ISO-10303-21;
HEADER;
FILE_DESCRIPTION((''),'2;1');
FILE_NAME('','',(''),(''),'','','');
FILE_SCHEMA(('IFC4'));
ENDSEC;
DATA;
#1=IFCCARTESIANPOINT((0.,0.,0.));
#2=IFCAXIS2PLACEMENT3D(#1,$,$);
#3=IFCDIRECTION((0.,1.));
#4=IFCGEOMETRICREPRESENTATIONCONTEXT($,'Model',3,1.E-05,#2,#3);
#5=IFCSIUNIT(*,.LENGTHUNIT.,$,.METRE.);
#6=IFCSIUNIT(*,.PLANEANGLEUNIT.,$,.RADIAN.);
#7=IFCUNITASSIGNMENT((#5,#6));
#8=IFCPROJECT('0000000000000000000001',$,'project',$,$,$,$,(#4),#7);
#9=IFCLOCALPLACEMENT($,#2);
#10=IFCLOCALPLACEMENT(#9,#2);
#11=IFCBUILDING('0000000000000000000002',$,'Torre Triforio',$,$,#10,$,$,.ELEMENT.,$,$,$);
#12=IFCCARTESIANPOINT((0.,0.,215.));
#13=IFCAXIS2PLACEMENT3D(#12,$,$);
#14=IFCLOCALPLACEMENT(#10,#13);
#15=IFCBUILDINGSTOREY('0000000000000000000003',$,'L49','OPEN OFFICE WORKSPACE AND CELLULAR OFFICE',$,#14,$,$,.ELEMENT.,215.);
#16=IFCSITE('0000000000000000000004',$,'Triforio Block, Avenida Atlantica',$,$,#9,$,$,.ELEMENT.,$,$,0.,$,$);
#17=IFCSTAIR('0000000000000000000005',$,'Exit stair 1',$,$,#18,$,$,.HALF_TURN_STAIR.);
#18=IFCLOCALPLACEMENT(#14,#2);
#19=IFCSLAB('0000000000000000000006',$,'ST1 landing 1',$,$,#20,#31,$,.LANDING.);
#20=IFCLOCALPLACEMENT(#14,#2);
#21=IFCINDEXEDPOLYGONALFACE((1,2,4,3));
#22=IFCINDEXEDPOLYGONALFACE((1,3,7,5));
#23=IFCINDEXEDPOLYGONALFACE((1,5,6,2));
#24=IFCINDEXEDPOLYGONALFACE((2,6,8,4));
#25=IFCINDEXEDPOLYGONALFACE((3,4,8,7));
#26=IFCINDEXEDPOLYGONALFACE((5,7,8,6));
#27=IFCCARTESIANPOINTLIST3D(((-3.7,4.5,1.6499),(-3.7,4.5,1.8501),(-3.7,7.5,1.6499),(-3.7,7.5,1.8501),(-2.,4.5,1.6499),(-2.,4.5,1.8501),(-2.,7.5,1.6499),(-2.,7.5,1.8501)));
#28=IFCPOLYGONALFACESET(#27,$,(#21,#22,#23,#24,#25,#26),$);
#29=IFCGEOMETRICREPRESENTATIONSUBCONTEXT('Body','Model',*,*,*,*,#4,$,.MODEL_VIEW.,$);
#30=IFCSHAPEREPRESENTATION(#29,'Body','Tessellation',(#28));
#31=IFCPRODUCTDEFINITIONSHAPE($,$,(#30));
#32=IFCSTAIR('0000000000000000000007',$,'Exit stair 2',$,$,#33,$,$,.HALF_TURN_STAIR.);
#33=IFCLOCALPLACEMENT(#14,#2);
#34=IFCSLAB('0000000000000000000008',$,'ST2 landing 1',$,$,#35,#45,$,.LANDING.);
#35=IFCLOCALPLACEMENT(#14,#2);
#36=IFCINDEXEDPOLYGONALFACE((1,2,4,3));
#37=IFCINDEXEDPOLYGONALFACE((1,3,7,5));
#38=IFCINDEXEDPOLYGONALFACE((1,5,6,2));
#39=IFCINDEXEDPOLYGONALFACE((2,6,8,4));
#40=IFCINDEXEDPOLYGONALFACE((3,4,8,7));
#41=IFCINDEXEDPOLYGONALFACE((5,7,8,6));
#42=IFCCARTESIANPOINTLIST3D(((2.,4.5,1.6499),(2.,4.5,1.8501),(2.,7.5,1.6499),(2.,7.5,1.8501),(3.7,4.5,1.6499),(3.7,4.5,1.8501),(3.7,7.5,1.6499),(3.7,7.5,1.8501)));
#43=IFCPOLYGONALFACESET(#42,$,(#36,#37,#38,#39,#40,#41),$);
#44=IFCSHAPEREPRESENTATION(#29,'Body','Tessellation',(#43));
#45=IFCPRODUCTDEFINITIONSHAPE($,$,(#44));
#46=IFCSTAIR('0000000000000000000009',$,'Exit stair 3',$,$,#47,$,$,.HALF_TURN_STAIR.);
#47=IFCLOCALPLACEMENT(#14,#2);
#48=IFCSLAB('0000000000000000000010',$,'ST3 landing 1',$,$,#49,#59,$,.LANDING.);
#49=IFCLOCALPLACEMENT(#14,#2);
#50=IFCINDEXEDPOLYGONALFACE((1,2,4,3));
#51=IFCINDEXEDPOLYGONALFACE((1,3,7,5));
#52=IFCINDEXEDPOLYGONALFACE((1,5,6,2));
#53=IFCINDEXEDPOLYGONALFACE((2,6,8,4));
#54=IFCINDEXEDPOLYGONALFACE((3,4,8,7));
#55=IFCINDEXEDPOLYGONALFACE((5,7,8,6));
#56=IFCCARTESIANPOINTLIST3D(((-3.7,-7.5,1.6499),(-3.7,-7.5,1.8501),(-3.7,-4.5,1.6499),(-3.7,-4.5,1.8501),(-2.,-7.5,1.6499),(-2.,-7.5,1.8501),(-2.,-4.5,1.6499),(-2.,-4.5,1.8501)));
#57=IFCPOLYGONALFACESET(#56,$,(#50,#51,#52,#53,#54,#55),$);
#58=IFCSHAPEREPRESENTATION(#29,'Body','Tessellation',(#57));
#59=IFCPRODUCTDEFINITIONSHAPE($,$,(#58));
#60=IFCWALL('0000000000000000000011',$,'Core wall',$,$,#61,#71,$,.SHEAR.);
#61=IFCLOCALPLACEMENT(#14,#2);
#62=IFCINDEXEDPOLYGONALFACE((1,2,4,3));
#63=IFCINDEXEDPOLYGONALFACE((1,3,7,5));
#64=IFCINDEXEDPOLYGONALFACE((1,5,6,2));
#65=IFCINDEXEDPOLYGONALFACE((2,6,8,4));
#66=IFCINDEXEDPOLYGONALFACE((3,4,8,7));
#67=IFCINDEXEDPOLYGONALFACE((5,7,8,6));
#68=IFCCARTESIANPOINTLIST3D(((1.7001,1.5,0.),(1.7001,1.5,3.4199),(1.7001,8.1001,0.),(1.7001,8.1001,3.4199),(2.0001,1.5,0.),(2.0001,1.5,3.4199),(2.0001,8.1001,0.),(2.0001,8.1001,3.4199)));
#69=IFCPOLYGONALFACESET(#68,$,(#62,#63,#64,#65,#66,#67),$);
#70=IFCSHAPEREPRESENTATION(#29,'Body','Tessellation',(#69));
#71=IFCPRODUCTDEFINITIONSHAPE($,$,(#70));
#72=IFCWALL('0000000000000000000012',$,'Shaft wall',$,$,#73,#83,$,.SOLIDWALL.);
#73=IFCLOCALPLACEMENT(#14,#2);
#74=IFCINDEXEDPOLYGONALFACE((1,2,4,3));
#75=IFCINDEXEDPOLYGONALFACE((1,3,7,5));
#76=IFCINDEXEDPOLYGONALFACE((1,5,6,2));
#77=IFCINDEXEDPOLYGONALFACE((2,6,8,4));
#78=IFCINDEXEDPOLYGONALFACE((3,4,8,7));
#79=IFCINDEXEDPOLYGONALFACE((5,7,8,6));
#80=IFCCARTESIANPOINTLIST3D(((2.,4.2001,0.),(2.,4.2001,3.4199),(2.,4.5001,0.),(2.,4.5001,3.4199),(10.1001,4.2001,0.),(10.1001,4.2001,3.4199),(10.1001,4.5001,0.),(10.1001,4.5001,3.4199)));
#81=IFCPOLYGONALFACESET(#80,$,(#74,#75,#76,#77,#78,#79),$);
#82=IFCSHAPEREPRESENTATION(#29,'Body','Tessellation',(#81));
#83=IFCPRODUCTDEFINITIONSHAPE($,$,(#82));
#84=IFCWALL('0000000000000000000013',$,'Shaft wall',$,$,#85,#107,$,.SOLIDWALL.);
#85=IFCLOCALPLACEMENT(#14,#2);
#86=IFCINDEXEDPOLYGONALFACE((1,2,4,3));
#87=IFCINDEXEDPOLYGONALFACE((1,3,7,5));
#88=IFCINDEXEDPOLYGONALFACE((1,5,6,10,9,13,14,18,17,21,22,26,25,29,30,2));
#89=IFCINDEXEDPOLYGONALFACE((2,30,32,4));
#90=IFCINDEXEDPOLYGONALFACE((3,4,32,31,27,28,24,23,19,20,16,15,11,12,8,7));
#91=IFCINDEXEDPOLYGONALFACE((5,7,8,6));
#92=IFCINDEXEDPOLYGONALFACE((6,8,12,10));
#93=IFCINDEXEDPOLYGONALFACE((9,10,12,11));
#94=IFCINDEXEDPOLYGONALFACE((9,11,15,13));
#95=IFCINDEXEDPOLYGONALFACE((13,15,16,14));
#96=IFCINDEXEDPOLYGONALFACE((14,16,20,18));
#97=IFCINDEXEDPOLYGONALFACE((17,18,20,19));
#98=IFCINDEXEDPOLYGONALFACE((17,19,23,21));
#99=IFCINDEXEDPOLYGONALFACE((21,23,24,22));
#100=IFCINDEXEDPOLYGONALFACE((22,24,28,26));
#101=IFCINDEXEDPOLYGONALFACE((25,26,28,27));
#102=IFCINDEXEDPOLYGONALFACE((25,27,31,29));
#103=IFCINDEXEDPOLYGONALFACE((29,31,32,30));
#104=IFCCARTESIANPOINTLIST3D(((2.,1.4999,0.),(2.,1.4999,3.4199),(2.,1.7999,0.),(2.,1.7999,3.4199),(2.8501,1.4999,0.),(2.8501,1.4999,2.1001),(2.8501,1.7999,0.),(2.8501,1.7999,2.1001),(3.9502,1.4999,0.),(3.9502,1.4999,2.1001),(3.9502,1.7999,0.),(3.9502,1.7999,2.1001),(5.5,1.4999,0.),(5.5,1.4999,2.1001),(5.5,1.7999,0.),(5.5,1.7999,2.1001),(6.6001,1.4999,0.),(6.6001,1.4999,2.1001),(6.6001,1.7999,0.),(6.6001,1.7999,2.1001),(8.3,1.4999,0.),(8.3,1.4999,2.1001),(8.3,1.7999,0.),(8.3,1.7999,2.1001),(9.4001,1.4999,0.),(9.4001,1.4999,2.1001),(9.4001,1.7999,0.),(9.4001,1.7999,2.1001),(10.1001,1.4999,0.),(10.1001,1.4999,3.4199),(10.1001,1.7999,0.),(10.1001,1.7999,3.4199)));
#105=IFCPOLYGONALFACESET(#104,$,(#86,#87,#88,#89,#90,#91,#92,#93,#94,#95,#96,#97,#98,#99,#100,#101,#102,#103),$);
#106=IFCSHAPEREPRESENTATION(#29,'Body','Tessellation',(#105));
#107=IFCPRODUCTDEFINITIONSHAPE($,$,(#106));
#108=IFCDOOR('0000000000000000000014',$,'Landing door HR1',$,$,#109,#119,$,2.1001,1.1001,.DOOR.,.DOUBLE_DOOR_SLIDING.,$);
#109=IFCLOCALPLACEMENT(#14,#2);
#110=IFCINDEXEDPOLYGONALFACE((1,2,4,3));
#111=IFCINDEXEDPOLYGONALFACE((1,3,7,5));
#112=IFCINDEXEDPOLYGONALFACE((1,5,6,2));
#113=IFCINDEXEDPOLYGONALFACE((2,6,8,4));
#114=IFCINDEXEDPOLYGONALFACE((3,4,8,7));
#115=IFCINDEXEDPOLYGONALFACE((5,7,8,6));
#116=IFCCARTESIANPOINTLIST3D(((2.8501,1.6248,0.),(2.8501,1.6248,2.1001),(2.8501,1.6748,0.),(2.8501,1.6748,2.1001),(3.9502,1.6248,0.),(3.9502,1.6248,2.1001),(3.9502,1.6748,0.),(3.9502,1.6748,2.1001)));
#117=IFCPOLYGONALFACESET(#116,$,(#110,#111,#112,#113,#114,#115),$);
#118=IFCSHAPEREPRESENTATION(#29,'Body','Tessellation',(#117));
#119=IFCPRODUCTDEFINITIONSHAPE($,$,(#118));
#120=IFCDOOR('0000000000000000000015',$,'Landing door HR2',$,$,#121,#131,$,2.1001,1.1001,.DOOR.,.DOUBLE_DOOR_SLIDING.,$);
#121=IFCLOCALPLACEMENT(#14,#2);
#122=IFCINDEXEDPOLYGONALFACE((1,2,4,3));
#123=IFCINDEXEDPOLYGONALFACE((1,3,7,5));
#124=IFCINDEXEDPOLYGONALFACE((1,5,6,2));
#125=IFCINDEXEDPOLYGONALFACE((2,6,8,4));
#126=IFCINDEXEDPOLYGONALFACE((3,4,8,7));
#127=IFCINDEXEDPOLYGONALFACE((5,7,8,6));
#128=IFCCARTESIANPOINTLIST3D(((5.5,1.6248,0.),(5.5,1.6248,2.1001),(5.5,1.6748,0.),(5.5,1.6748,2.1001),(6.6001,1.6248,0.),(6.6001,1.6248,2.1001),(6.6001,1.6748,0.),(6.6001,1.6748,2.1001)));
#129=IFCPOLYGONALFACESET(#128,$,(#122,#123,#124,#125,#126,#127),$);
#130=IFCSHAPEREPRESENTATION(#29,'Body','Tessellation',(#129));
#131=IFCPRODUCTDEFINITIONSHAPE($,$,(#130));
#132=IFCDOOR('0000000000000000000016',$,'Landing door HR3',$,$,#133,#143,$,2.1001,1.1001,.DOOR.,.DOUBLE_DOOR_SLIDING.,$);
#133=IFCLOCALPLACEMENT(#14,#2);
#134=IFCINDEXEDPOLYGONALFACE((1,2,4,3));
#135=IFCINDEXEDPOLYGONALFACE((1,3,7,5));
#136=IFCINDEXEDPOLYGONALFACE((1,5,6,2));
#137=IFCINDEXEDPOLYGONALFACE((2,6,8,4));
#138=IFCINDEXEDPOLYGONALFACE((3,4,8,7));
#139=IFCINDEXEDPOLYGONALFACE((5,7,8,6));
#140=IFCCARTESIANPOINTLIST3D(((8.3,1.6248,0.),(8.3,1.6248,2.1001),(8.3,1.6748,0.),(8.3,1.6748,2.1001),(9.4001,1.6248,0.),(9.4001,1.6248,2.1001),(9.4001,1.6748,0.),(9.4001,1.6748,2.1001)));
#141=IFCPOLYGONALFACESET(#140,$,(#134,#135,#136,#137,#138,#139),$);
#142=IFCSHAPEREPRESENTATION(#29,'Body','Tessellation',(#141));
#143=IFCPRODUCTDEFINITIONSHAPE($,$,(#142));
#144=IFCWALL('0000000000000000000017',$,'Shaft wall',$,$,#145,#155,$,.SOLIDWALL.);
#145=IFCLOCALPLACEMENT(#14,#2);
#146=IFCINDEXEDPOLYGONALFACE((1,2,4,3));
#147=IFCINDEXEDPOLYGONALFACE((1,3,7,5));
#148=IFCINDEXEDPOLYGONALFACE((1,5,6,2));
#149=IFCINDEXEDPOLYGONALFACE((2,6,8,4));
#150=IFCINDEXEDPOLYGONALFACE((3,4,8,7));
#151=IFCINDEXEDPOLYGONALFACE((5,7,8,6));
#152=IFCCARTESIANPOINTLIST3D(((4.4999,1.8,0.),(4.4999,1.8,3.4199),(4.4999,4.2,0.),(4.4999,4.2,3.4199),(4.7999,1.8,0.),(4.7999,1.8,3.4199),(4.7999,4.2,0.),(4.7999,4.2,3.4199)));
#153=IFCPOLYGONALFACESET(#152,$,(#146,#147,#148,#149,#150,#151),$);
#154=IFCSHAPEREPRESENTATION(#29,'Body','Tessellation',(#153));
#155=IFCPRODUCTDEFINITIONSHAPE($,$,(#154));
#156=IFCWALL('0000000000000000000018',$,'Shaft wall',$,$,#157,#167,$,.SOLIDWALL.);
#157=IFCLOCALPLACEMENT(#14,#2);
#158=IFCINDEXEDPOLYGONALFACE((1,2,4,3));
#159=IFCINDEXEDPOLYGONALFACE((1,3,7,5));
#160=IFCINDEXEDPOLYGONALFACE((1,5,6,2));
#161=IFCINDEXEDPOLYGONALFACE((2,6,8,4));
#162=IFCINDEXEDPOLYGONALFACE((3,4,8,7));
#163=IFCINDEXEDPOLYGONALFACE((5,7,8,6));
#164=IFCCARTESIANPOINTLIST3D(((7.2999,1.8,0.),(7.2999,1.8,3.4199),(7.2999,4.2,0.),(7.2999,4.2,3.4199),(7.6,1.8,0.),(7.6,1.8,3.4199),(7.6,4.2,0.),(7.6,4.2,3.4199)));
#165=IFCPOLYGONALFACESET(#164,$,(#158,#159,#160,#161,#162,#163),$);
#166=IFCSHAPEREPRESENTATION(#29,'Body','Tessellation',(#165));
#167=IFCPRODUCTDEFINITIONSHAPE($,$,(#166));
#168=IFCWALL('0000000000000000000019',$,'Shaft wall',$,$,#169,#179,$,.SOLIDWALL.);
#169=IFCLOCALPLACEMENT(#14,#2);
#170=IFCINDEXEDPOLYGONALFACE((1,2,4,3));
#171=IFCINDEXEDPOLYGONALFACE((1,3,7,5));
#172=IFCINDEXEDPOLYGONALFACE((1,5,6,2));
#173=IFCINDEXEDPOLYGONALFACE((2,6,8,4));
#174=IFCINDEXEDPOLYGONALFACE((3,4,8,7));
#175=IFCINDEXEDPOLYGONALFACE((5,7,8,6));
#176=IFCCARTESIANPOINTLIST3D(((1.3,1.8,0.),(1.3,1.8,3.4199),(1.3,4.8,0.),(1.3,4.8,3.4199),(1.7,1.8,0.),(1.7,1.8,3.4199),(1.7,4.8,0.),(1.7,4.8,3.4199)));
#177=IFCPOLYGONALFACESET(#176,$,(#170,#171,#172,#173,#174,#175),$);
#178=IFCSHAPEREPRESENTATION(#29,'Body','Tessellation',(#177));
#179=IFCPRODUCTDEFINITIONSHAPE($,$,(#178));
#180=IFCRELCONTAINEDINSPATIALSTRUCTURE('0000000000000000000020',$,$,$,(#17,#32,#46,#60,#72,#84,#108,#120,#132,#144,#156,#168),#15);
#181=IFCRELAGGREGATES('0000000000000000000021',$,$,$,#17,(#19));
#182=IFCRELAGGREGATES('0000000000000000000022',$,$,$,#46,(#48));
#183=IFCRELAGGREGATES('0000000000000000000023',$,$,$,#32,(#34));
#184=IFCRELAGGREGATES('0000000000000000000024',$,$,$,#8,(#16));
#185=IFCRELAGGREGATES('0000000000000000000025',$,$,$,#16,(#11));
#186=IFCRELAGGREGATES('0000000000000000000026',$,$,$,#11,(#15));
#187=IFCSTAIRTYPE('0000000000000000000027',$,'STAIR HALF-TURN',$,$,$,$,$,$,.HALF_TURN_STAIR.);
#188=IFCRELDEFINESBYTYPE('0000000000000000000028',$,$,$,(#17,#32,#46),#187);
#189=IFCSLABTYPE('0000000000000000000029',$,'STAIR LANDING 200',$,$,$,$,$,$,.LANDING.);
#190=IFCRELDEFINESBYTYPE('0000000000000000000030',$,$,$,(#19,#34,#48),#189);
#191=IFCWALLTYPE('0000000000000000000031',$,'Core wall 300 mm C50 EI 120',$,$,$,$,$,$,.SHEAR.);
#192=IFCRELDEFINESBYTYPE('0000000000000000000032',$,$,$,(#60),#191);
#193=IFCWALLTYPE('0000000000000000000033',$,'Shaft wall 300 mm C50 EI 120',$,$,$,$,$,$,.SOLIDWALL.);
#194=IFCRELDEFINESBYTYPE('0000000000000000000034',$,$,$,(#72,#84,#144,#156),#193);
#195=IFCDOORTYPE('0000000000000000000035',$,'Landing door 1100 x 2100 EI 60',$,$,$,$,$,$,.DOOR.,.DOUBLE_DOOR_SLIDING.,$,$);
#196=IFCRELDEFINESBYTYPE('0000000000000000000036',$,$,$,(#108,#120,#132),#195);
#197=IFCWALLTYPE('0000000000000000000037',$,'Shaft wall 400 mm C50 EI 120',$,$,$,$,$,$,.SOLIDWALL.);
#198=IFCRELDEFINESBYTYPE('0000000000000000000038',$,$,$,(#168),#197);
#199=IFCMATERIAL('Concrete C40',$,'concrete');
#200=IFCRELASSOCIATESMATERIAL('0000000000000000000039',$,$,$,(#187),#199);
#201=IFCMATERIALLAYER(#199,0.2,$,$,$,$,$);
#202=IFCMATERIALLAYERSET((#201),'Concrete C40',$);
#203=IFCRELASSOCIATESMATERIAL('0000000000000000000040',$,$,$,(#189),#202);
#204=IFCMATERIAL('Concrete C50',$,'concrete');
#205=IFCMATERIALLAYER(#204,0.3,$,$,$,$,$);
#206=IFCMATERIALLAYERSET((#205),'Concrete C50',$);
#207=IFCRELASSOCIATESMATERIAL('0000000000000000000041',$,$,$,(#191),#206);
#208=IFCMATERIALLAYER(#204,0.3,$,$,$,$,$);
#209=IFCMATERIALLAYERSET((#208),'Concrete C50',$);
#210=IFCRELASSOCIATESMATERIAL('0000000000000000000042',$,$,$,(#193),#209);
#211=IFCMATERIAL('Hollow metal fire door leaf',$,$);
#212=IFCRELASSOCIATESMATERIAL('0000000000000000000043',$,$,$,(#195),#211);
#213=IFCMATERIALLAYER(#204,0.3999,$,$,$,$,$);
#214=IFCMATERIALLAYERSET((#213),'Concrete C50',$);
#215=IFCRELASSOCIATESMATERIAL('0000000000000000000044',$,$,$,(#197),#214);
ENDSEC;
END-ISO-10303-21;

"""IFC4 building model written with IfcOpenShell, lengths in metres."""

from ifc_helpers import new_model, si_unit, direction, frame, frame_2d, origin, place, context, subcontext, project, spatial, polyline, rectangle, outline, extrude, material, layer, layer_set, type_object, element, fill, aggregate, save


model = new_model("IFC4")

# Units and contexts
model_context = context("Model", 3, precision=1e-05, world=origin(), true_north=direction((0.0, 1.0)))
body_context = subcontext(model_context, "Body", "Model", "MODEL_VIEW")
ifc_project = project(units=[si_unit("LENGTHUNIT", "METRE"), si_unit("PLANEANGLEUNIT", "RADIAN")], contexts=[model_context])

# Site, building, storey
site_placement = place(None, origin())
site = spatial("IfcSite", under=ifc_project, at=site_placement, Name="Triforio Block, Avenida Atlantica", CompositionType="ELEMENT", RefElevation=0.0)
building_placement = place(site_placement, origin())
building = spatial("IfcBuilding", under=site, at=building_placement, Name="Torre Triforio", CompositionType="ELEMENT")
storey_placement = place(building_placement, frame((0.0, 0.0, 215.0)))
storey = spatial("IfcBuildingStorey", under=building, at=storey_placement, Name="L49", Description="OPEN OFFICE WORKSPACE AND CELLULAR OFFICE", CompositionType="ELEMENT", Elevation=215.0)

# Stairs, slabs
ifc_material_1 = material(Name="Concrete C40", Category="concrete")
stair_type = type_object("IfcStairType", Name="STAIR HALF-TURN", PredefinedType="HALF_TURN_STAIR", material=ifc_material_1)
stair_1_placement = place(storey_placement, origin())
stair_1 = element("IfcStair", 1, at=stair_1_placement, inside=storey, type_object=stair_type, Name="Exit stair 1", PredefinedType="HALF_TURN_STAIR")
ifc_layer_1 = layer(ifc_material_1, 0.2)
ifc_layer_set_1 = layer_set([ifc_layer_1], Name="Concrete C40")
slab_type = type_object("IfcSlabType", Name="STAIR LANDING 200", PredefinedType="LANDING", material=ifc_layer_set_1)
slab_1_placement = place(storey_placement, frame((0.0, 0.0, 1.6499)))
slab_1 = element("IfcSlab", 2, at=slab_1_placement, type_object=slab_type, Name="ST1 landing 1", PredefinedType="LANDING", context=body_context, shape_type="SweptSolid", body=[
    extrude(outline(polyline([(-2.0, 4.5), (-2.0, 7.5), (-3.7, 7.5), (-3.7, 4.5), (-2.0, 4.5)])), origin(), (0.0, 0.0, 1.0), 0.2002),
])
aggregate(stair_1, [slab_1])
stair_2_placement = place(storey_placement, origin())
stair_2 = element("IfcStair", 3, at=stair_2_placement, inside=storey, type_object=stair_type, Name="Exit stair 2", PredefinedType="HALF_TURN_STAIR")
slab_2_placement = place(storey_placement, frame((0.0, 0.0, 1.6499)))
slab_2 = element("IfcSlab", 4, at=slab_2_placement, type_object=slab_type, Name="ST2 landing 1", PredefinedType="LANDING", context=body_context, shape_type="SweptSolid", body=[
    extrude(outline(polyline([(3.7, 4.5), (3.7, 7.5), (2.0, 7.5), (2.0, 4.5), (3.7, 4.5)])), origin(), (0.0, 0.0, 1.0), 0.2002),
])
stair_3_placement = place(storey_placement, origin())
stair_3 = element("IfcStair", 5, at=stair_3_placement, inside=storey, type_object=stair_type, Name="Exit stair 3", PredefinedType="HALF_TURN_STAIR")
slab_3_placement = place(storey_placement, frame((0.0, 0.0, 1.6499)))
slab_3 = element("IfcSlab", 6, at=slab_3_placement, type_object=slab_type, Name="ST3 landing 1", PredefinedType="LANDING", context=body_context, shape_type="SweptSolid", body=[
    extrude(outline(polyline([(-2.0, -7.5), (-2.0, -4.5), (-3.7, -4.5), (-3.7, -7.5), (-2.0, -7.5)])), origin(), (0.0, 0.0, 1.0), 0.2002),
])
aggregate(stair_3, [slab_3])

# Walls
ifc_material_2 = material(Name="Concrete C50", Category="concrete")
ifc_layer_2 = layer(ifc_material_2, 0.3)
ifc_layer_set_2 = layer_set([ifc_layer_2], Name="Concrete C50")
wall_type_1 = type_object("IfcWallType", Name="Core wall 300 mm C50 EI 120", PredefinedType="SHEAR", material=ifc_layer_set_2)
wall_1_placement = place(storey_placement, frame((1.8501, 1.5, 0.0), z_axis=(0.0, 0.0, 1.0), x_axis=(0.0, 1.0, 0.0)))
element("IfcWall", 7, at=wall_1_placement, inside=storey, type_object=wall_type_1, Name="Core wall", PredefinedType="SHEAR", context=body_context, shape_type="SweptSolid", body=[
    extrude(rectangle(XDim=6.6001, YDim=0.3, at=frame_2d((3.3, 0.0))), origin(), (0.0, 0.0, 1.0), 3.4199),
])
ifc_layer_3 = layer(ifc_material_2, 0.3)
ifc_layer_set_3 = layer_set([ifc_layer_3], Name="Concrete C50")
wall_type_2 = type_object("IfcWallType", Name="Shaft wall 300 mm C50 EI 120", PredefinedType="SOLIDWALL", material=ifc_layer_set_3)
wall_2_placement = place(storey_placement, frame((2.0, 4.3501, 0.0), z_axis=(0.0, 0.0, 1.0), x_axis=(1.0, 0.0, 0.0)))
element("IfcWall", 8, at=wall_2_placement, inside=storey, type_object=wall_type_2, Name="Shaft wall", PredefinedType="SOLIDWALL", context=body_context, shape_type="SweptSolid", body=[
    extrude(rectangle(XDim=8.1001, YDim=0.3, at=frame_2d((4.05, 0.0))), origin(), (0.0, 0.0, 1.0), 3.4199),
])

# Wall, openings, doors
wall_3_placement = place(storey_placement, frame((2.0, 1.6499, 0.0), z_axis=(0.0, 0.0, 1.0), x_axis=(1.0, 0.0, 0.0)))
wall_3 = element("IfcWall", 9, at=wall_3_placement, inside=storey, type_object=wall_type_2, Name="Shaft wall", PredefinedType="SOLIDWALL", context=body_context, shape_type="SweptSolid", body=[
    extrude(rectangle(XDim=8.1001, YDim=0.3, at=frame_2d((4.05, 0.0))), origin(), (0.0, 0.0, 1.0), 3.4199),
])
opening_1_placement = place(wall_3_placement, frame((0.8501, 0.0, 0.0)))
opening_1 = element("IfcOpeningElement", 10, at=opening_1_placement, cuts=wall_3, PredefinedType="OPENING", context=body_context, shape_type="SweptSolid", body=[
    extrude(rectangle(XDim=1.1001, YDim=2.1001, at=frame_2d((0.55, 1.05))), frame((0.0, 0.1599, 0.0), z_axis=(0.0, -1.0, 0.0), x_axis=(1.0, 0.0, 0.0)), (0.0, 0.0, 1.0), 0.3201),
])
opening_2_placement = place(wall_3_placement, frame((3.5, 0.0, 0.0)))
opening_2 = element("IfcOpeningElement", 11, at=opening_2_placement, cuts=wall_3, PredefinedType="OPENING", context=body_context, shape_type="SweptSolid", body=[
    extrude(rectangle(XDim=1.1001, YDim=2.1001, at=frame_2d((0.55, 1.05))), frame((0.0, 0.1599, 0.0), z_axis=(0.0, -1.0, 0.0), x_axis=(1.0, 0.0, 0.0)), (0.0, 0.0, 1.0), 0.3201),
])
opening_3_placement = place(wall_3_placement, frame((6.3, 0.0, 0.0)))
opening_3 = element("IfcOpeningElement", 12, at=opening_3_placement, cuts=wall_3, PredefinedType="OPENING", context=body_context, shape_type="SweptSolid", body=[
    extrude(rectangle(XDim=1.1001, YDim=2.1001, at=frame_2d((0.55, 1.05))), frame((0.0, 0.1599, 0.0), z_axis=(0.0, -1.0, 0.0), x_axis=(1.0, 0.0, 0.0)), (0.0, 0.0, 1.0), 0.3201),
])
ifc_material_3 = material(Name="Hollow metal fire door leaf")
door_type = type_object("IfcDoorType", Name="Landing door 1100 x 2100 EI 60", OperationType="DOUBLE_DOOR_SLIDING", PredefinedType="DOOR", material=ifc_material_3)
door_1_placement = place(opening_1_placement, origin())
door_1 = element("IfcDoor", 13, at=door_1_placement, inside=storey, type_object=door_type, Name="Landing door HR1", OperationType="DOUBLE_DOOR_SLIDING", OverallHeight=2.1001, OverallWidth=1.1001, PredefinedType="DOOR", context=body_context, shape_type="SweptSolid", body=[
    extrude(rectangle(XDim=1.1001, YDim=2.1001, at=frame_2d((0.55, 1.05))), frame((0.0, 0.0249, 0.0), z_axis=(0.0, -1.0, 0.0), x_axis=(1.0, 0.0, 0.0)), (0.0, 0.0, 1.0), 0.05),
])
fill(opening_1, door_1)
door_2_placement = place(opening_2_placement, origin())
door_2 = element("IfcDoor", 14, at=door_2_placement, inside=storey, type_object=door_type, Name="Landing door HR2", OperationType="DOUBLE_DOOR_SLIDING", OverallHeight=2.1001, OverallWidth=1.1001, PredefinedType="DOOR", context=body_context, shape_type="SweptSolid", body=[
    extrude(rectangle(XDim=1.1001, YDim=2.1001, at=frame_2d((0.55, 1.05))), frame((0.0, 0.0249, 0.0), z_axis=(0.0, -1.0, 0.0), x_axis=(1.0, 0.0, 0.0)), (0.0, 0.0, 1.0), 0.05),
])
fill(opening_2, door_2)
door_3_placement = place(opening_3_placement, origin())
door_3 = element("IfcDoor", 15, at=door_3_placement, inside=storey, type_object=door_type, Name="Landing door HR3", OperationType="DOUBLE_DOOR_SLIDING", OverallHeight=2.1001, OverallWidth=1.1001, PredefinedType="DOOR", context=body_context, shape_type="SweptSolid", body=[
    extrude(rectangle(XDim=1.1001, YDim=2.1001, at=frame_2d((0.55, 1.05))), frame((0.0, 0.0249, 0.0), z_axis=(0.0, -1.0, 0.0), x_axis=(1.0, 0.0, 0.0)), (0.0, 0.0, 1.0), 0.05),
])
fill(opening_3, door_3)

# Walls
for number, where, z_axis, x_axis, name in (
    (16, (4.6499, 1.8, 0.0), (0.0, 0.0, 1.0), (0.0, 1.0, 0.0), "Shaft wall"),
    (17, (7.45, 1.8, 0.0), (0.0, 0.0, 1.0), (0.0, 1.0, 0.0), "Shaft wall"),
):
    element("IfcWall", number, at=place(storey_placement, frame(where, z_axis=z_axis, x_axis=x_axis)), inside=storey, type_object=wall_type_2, Name=name, PredefinedType="SOLIDWALL", context=body_context, shape_type="SweptSolid", body=[
        extrude(rectangle(XDim=2.3999, YDim=0.3, at=frame_2d((1.2, 0.0))), origin(), (0.0, 0.0, 1.0), 3.4199),
    ])
ifc_layer_4 = layer(ifc_material_2, 0.3999)
ifc_layer_set_4 = layer_set([ifc_layer_4], Name="Concrete C50")
wall_type_3 = type_object("IfcWallType", Name="Shaft wall 400 mm C50 EI 120", PredefinedType="SOLIDWALL", material=ifc_layer_set_4)
wall_4_placement = place(storey_placement, frame((1.5, 1.8, 0.0), z_axis=(0.0, 0.0, 1.0), x_axis=(0.0, 1.0, 0.0)))
element("IfcWall", 18, at=wall_4_placement, inside=storey, type_object=wall_type_3, Name="Shaft wall", PredefinedType="SOLIDWALL", context=body_context, shape_type="SweptSolid", body=[
    extrude(rectangle(XDim=3.0, YDim=0.3999, at=frame_2d((1.5, 0.0))), origin(), (0.0, 0.0, 1.0), 3.4199),
])

aggregate(stair_2, [slab_2])

save(model, "model.ifc")
